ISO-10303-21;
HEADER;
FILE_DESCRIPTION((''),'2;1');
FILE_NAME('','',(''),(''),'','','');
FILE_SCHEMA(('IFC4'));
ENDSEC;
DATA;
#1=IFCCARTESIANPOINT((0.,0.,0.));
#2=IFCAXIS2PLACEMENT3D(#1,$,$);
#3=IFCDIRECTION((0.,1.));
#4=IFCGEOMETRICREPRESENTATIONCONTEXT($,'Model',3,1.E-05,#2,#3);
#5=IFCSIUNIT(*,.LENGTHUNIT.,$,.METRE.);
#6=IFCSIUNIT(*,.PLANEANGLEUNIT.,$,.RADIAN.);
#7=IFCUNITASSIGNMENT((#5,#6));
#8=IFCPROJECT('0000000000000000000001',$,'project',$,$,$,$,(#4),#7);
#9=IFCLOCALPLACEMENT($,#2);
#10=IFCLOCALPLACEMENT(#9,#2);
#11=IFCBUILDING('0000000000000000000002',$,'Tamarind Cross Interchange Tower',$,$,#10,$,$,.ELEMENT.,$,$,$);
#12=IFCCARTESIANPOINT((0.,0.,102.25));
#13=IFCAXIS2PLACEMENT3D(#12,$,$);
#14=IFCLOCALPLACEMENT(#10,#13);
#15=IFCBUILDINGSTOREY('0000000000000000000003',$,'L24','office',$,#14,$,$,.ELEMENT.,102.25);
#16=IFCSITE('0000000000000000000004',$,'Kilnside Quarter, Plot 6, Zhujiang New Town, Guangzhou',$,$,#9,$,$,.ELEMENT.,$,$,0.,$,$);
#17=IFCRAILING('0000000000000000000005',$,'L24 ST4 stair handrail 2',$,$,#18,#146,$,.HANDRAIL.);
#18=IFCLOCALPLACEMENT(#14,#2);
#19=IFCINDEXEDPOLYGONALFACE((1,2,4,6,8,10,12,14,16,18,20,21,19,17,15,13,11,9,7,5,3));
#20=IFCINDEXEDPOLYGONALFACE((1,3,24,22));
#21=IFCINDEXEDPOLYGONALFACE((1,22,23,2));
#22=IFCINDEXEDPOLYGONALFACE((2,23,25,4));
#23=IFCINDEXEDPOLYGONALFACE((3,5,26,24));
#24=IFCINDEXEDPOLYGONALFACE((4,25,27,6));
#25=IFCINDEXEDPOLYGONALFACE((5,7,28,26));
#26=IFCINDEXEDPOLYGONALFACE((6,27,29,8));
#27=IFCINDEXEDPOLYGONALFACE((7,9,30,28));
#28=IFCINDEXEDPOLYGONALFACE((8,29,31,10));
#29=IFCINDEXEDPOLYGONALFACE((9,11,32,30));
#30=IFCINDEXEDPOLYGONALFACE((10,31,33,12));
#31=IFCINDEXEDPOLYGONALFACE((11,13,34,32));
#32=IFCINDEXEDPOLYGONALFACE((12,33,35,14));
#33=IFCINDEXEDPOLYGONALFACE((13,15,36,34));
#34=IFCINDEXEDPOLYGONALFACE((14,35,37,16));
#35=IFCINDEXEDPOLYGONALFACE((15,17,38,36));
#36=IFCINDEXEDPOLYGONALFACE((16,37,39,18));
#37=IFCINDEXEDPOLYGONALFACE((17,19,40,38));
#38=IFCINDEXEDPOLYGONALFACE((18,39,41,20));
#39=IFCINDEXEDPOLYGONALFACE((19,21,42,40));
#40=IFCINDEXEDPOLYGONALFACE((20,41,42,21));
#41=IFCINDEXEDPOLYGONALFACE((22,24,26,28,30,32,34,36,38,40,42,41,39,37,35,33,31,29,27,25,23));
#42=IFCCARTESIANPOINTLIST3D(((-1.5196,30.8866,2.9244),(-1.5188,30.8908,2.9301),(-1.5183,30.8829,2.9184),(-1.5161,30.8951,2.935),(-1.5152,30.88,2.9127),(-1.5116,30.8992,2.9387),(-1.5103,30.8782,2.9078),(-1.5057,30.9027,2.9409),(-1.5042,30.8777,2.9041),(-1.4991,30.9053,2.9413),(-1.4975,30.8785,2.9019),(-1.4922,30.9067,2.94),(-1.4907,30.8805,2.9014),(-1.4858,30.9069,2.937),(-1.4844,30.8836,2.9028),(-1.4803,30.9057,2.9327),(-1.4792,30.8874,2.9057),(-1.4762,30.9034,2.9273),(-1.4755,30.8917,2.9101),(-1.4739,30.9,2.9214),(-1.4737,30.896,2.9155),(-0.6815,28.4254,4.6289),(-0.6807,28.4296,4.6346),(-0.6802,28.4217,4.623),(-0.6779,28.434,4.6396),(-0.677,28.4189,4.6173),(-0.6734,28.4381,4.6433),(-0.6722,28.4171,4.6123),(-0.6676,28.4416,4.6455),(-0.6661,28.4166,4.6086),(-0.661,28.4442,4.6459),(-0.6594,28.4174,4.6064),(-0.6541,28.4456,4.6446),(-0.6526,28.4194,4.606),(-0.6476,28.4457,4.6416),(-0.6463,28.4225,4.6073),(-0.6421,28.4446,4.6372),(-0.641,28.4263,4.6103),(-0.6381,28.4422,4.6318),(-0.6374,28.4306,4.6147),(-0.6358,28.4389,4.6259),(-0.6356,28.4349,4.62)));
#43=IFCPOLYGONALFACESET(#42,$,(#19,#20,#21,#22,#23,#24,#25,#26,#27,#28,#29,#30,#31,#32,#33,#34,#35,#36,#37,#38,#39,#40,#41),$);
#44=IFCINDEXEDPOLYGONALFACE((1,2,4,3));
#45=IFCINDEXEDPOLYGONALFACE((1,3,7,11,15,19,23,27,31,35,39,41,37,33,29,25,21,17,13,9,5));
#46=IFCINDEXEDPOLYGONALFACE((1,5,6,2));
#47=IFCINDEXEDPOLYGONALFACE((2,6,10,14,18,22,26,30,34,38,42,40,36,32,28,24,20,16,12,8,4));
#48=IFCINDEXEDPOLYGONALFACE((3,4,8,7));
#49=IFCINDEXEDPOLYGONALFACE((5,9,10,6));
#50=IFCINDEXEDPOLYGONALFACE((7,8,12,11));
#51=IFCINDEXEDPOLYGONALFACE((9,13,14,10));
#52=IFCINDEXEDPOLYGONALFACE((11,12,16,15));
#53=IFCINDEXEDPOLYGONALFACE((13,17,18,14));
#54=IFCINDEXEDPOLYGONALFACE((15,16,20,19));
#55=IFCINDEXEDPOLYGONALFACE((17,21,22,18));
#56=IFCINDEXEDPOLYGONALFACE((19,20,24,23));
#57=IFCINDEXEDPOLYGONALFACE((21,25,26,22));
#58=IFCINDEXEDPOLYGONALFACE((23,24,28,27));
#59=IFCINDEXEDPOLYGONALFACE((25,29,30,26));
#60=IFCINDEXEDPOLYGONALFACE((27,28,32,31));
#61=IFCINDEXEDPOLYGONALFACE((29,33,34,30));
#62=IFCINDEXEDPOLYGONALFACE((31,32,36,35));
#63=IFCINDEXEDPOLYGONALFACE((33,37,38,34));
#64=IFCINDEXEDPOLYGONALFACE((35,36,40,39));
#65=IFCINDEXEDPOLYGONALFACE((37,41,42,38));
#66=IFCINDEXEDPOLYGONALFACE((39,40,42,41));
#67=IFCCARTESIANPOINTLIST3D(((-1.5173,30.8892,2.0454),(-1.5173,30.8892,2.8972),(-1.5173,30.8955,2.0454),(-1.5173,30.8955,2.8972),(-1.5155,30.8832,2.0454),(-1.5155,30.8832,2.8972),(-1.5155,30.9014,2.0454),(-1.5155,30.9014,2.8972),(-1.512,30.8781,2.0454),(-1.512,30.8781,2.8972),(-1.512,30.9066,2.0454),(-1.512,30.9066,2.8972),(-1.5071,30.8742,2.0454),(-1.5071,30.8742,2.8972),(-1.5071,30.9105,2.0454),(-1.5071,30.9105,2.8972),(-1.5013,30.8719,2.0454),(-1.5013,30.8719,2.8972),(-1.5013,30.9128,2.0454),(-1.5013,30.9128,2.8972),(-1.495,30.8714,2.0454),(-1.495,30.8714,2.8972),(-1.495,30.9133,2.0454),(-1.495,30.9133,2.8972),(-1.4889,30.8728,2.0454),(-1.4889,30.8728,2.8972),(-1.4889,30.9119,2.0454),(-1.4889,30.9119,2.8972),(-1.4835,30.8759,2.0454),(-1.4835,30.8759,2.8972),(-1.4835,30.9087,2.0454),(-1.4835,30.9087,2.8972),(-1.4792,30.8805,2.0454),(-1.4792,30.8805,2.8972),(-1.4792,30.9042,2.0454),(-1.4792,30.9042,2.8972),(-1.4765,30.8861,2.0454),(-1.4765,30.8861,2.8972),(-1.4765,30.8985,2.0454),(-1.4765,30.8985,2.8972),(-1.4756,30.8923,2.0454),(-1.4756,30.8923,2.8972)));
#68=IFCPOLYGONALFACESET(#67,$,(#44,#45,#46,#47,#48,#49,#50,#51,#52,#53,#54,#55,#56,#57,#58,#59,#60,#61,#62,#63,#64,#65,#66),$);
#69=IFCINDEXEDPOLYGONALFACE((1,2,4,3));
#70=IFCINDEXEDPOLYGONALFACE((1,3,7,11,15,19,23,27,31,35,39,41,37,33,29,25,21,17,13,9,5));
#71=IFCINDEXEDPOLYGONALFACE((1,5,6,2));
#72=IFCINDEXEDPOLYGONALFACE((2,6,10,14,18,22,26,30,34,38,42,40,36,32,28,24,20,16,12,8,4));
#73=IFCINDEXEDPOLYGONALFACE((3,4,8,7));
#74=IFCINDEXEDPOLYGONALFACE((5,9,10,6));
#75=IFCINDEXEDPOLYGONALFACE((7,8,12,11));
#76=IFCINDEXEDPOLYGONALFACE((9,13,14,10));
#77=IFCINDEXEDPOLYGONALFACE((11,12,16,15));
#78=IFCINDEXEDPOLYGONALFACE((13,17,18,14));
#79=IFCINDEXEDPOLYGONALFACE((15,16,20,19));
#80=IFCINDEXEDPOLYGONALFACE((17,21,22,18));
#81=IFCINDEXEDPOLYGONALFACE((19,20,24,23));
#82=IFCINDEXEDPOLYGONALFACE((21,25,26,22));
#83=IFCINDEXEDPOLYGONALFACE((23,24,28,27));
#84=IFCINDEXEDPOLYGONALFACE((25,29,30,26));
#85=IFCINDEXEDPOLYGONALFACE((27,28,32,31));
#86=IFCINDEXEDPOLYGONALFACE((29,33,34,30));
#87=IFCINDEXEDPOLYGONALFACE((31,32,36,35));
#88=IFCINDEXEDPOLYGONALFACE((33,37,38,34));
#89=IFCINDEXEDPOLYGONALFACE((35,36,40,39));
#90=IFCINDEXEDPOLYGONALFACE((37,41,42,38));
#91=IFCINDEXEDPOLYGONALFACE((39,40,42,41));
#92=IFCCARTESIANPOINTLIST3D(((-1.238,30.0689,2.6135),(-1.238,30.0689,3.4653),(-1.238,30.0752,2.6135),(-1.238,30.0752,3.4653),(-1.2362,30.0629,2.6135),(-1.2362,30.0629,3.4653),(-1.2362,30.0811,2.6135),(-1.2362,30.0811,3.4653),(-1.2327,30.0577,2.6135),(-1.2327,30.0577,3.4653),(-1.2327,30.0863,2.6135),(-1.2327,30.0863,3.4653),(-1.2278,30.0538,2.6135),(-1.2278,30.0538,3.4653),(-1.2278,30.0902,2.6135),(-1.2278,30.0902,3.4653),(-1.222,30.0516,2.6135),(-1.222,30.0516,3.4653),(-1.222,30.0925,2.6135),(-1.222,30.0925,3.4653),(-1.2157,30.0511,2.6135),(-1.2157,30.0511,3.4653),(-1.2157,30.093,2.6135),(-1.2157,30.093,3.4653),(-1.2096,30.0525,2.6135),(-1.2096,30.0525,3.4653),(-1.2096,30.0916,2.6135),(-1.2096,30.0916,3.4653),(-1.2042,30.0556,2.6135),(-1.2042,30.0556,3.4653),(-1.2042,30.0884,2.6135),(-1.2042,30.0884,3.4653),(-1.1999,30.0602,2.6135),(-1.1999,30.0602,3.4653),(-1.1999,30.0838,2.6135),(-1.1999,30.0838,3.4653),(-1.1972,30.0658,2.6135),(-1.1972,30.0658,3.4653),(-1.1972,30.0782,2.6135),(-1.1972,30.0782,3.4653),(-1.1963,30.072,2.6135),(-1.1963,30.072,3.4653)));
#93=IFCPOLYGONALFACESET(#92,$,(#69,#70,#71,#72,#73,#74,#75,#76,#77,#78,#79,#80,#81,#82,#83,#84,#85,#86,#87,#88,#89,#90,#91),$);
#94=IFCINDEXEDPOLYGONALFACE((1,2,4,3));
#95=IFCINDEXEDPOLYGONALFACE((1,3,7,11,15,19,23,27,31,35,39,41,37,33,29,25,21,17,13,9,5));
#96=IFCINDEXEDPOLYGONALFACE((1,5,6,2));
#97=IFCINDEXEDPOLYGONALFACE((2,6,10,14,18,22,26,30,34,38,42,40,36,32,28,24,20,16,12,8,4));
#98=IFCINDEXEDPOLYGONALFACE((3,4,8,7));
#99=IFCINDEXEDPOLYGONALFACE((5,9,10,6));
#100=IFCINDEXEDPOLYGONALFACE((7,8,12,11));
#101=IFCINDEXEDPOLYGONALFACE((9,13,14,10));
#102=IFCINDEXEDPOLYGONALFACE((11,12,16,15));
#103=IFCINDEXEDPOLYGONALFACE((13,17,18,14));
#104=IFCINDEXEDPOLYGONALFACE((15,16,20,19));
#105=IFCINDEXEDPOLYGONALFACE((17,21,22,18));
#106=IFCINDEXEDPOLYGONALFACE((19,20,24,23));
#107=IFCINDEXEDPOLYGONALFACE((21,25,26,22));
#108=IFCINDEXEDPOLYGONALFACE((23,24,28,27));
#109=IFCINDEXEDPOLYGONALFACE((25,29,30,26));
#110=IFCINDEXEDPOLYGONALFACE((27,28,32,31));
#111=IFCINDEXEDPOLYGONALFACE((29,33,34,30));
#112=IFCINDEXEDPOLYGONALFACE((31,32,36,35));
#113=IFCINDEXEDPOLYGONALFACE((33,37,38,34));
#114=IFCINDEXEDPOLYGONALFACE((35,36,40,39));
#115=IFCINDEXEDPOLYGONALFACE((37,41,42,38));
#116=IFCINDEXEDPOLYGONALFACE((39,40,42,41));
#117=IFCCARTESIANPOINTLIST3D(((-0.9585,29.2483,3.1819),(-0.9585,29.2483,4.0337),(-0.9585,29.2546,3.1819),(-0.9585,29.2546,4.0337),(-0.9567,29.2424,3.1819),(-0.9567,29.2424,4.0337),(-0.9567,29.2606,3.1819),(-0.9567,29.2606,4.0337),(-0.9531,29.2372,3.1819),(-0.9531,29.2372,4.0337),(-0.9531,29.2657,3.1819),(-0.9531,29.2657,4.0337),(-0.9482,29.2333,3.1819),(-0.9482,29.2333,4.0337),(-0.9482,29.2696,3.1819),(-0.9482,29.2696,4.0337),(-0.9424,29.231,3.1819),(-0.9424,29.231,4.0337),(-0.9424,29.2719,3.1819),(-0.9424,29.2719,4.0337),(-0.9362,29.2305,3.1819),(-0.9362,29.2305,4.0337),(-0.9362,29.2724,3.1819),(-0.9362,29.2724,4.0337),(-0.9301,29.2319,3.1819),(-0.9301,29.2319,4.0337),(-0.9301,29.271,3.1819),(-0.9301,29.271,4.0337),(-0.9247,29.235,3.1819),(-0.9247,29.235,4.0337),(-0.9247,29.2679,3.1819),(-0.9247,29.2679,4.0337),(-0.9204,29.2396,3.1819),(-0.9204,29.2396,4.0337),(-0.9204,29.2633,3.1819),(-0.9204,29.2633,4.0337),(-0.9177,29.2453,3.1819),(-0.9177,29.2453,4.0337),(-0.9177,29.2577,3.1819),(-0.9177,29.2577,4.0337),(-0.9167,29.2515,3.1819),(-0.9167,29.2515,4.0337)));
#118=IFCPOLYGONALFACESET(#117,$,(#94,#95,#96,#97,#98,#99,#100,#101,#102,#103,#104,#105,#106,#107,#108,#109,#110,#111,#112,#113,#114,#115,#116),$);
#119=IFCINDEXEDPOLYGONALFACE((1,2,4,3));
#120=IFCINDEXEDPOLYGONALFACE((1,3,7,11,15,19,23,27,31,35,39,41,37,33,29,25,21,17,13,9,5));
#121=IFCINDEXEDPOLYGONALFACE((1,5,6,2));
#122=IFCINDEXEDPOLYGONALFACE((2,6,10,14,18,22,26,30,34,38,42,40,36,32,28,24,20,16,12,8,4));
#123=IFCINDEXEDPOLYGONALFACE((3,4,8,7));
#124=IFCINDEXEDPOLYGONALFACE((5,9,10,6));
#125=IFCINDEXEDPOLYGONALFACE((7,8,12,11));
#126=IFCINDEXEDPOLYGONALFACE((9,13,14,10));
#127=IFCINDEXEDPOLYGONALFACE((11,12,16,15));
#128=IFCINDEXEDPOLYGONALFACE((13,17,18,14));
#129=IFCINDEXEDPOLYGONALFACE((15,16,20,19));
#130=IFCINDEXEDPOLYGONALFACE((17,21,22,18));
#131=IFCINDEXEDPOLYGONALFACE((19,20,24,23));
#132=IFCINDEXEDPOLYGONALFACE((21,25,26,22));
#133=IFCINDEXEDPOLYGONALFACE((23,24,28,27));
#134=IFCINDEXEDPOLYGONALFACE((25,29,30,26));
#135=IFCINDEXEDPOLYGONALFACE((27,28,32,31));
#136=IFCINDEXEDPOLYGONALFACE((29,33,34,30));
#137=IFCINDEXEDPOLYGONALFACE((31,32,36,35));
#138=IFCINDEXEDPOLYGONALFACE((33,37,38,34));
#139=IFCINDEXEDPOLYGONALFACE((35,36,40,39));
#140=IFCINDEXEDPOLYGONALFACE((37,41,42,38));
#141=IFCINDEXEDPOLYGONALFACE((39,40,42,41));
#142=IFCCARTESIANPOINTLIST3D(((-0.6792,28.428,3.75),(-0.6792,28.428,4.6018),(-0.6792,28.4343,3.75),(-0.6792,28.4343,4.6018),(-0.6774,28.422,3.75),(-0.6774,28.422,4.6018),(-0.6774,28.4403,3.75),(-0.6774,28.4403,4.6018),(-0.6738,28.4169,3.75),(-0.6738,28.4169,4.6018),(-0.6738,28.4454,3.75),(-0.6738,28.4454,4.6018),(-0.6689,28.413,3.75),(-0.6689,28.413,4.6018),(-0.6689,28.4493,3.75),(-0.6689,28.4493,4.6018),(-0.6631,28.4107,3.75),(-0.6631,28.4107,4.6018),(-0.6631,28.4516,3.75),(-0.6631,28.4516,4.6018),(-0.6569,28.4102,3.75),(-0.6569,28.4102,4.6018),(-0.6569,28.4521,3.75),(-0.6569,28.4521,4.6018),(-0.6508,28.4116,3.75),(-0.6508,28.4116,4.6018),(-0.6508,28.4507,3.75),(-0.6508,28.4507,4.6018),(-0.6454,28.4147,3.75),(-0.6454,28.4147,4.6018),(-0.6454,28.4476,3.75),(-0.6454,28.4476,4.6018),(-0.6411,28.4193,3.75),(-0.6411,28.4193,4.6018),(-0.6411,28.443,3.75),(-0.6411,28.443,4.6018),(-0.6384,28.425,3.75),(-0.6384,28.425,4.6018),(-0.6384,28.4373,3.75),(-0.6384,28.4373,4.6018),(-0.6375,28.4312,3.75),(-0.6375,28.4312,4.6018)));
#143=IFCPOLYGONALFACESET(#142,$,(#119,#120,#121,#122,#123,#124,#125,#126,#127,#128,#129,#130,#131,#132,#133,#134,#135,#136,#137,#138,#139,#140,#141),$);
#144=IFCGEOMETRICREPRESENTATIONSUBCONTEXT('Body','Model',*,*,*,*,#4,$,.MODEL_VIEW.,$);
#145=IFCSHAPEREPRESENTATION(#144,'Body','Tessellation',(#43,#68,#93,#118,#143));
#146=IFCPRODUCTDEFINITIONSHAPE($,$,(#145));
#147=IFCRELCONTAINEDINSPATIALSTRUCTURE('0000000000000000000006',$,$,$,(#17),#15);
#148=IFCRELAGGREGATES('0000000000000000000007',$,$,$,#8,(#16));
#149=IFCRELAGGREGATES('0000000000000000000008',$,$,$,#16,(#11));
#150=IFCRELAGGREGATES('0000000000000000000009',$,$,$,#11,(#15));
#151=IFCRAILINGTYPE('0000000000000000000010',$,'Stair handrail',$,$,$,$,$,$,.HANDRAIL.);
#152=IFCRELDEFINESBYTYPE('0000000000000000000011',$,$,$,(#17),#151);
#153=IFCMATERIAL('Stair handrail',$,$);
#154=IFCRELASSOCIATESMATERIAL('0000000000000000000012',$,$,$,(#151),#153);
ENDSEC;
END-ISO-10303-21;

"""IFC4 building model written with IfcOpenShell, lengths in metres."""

from ifc_helpers import new_model, si_unit, direction, frame, origin, origin_2d, place, context, subcontext, project, spatial, circle, extrude, material, type_object, element, save


model = new_model("IFC4")

# Units and contexts
model_context = context("Model", 3, precision=1e-05, world=origin(), true_north=direction((0.0, 1.0)))
body_context = subcontext(model_context, "Body", "Model", "MODEL_VIEW")
ifc_project = project(units=[si_unit("LENGTHUNIT", "METRE"), si_unit("PLANEANGLEUNIT", "RADIAN")], contexts=[model_context])

# Site, building, storey
site_placement = place(None, origin())
site = spatial("IfcSite", under=ifc_project, at=site_placement, Name="Kilnside Quarter, Plot 6, Zhujiang New Town, Guangzhou", CompositionType="ELEMENT", RefElevation=0.0)
building_placement = place(site_placement, origin())
building = spatial("IfcBuilding", under=site, at=building_placement, Name="Tamarind Cross Interchange Tower", CompositionType="ELEMENT")
storey_placement = place(building_placement, frame((0.0, 0.0, 102.25)))
storey = spatial("IfcBuildingStorey", under=building, at=storey_placement, Name="L24", Description="office", CompositionType="ELEMENT", Elevation=102.25)

# Railing
ifc_material_1 = material(Name="Stair handrail")
railing_type_1 = type_object("IfcRailingType", Name="Stair handrail", PredefinedType="HANDRAIL", material=ifc_material_1)
railing_1_placement = place(storey_placement, frame((-1.4966, 30.8923, 2.0454)))
element("IfcRailing", 1, at=railing_1_placement, inside=storey, type_object=railing_type_1, Name="L24 ST4 stair handrail 2", PredefinedType="HANDRAIL", context=body_context, shape_type="SweptSolid", body=[
    extrude(circle(Radius=0.0239, at=origin_2d()), frame((0.0, 0.0, 0.876), z_axis=(0.269589, -0.791646, 0.548286), x_axis=(0.946616, 0.322362, 0.0)), (0.0, 0.0, 1.0), 3.1089),
    extrude(circle(Radius=0.021, at=origin_2d()), origin(), (0.0, 0.0, 1.0), 0.8518),
    extrude(circle(Radius=0.021, at=origin_2d()), frame((0.2793, -0.8203, 0.5681)), (0.0, 0.0, 1.0), 0.8518),
    extrude(circle(Radius=0.021, at=origin_2d()), frame((0.5588, -1.6409, 1.1365)), (0.0, 0.0, 1.0), 0.8518),
    extrude(circle(Radius=0.021, at=origin_2d()), frame((0.8381, -2.4612, 1.7046)), (0.0, 0.0, 1.0), 0.8518),
])

save(model, "model.ifc")
